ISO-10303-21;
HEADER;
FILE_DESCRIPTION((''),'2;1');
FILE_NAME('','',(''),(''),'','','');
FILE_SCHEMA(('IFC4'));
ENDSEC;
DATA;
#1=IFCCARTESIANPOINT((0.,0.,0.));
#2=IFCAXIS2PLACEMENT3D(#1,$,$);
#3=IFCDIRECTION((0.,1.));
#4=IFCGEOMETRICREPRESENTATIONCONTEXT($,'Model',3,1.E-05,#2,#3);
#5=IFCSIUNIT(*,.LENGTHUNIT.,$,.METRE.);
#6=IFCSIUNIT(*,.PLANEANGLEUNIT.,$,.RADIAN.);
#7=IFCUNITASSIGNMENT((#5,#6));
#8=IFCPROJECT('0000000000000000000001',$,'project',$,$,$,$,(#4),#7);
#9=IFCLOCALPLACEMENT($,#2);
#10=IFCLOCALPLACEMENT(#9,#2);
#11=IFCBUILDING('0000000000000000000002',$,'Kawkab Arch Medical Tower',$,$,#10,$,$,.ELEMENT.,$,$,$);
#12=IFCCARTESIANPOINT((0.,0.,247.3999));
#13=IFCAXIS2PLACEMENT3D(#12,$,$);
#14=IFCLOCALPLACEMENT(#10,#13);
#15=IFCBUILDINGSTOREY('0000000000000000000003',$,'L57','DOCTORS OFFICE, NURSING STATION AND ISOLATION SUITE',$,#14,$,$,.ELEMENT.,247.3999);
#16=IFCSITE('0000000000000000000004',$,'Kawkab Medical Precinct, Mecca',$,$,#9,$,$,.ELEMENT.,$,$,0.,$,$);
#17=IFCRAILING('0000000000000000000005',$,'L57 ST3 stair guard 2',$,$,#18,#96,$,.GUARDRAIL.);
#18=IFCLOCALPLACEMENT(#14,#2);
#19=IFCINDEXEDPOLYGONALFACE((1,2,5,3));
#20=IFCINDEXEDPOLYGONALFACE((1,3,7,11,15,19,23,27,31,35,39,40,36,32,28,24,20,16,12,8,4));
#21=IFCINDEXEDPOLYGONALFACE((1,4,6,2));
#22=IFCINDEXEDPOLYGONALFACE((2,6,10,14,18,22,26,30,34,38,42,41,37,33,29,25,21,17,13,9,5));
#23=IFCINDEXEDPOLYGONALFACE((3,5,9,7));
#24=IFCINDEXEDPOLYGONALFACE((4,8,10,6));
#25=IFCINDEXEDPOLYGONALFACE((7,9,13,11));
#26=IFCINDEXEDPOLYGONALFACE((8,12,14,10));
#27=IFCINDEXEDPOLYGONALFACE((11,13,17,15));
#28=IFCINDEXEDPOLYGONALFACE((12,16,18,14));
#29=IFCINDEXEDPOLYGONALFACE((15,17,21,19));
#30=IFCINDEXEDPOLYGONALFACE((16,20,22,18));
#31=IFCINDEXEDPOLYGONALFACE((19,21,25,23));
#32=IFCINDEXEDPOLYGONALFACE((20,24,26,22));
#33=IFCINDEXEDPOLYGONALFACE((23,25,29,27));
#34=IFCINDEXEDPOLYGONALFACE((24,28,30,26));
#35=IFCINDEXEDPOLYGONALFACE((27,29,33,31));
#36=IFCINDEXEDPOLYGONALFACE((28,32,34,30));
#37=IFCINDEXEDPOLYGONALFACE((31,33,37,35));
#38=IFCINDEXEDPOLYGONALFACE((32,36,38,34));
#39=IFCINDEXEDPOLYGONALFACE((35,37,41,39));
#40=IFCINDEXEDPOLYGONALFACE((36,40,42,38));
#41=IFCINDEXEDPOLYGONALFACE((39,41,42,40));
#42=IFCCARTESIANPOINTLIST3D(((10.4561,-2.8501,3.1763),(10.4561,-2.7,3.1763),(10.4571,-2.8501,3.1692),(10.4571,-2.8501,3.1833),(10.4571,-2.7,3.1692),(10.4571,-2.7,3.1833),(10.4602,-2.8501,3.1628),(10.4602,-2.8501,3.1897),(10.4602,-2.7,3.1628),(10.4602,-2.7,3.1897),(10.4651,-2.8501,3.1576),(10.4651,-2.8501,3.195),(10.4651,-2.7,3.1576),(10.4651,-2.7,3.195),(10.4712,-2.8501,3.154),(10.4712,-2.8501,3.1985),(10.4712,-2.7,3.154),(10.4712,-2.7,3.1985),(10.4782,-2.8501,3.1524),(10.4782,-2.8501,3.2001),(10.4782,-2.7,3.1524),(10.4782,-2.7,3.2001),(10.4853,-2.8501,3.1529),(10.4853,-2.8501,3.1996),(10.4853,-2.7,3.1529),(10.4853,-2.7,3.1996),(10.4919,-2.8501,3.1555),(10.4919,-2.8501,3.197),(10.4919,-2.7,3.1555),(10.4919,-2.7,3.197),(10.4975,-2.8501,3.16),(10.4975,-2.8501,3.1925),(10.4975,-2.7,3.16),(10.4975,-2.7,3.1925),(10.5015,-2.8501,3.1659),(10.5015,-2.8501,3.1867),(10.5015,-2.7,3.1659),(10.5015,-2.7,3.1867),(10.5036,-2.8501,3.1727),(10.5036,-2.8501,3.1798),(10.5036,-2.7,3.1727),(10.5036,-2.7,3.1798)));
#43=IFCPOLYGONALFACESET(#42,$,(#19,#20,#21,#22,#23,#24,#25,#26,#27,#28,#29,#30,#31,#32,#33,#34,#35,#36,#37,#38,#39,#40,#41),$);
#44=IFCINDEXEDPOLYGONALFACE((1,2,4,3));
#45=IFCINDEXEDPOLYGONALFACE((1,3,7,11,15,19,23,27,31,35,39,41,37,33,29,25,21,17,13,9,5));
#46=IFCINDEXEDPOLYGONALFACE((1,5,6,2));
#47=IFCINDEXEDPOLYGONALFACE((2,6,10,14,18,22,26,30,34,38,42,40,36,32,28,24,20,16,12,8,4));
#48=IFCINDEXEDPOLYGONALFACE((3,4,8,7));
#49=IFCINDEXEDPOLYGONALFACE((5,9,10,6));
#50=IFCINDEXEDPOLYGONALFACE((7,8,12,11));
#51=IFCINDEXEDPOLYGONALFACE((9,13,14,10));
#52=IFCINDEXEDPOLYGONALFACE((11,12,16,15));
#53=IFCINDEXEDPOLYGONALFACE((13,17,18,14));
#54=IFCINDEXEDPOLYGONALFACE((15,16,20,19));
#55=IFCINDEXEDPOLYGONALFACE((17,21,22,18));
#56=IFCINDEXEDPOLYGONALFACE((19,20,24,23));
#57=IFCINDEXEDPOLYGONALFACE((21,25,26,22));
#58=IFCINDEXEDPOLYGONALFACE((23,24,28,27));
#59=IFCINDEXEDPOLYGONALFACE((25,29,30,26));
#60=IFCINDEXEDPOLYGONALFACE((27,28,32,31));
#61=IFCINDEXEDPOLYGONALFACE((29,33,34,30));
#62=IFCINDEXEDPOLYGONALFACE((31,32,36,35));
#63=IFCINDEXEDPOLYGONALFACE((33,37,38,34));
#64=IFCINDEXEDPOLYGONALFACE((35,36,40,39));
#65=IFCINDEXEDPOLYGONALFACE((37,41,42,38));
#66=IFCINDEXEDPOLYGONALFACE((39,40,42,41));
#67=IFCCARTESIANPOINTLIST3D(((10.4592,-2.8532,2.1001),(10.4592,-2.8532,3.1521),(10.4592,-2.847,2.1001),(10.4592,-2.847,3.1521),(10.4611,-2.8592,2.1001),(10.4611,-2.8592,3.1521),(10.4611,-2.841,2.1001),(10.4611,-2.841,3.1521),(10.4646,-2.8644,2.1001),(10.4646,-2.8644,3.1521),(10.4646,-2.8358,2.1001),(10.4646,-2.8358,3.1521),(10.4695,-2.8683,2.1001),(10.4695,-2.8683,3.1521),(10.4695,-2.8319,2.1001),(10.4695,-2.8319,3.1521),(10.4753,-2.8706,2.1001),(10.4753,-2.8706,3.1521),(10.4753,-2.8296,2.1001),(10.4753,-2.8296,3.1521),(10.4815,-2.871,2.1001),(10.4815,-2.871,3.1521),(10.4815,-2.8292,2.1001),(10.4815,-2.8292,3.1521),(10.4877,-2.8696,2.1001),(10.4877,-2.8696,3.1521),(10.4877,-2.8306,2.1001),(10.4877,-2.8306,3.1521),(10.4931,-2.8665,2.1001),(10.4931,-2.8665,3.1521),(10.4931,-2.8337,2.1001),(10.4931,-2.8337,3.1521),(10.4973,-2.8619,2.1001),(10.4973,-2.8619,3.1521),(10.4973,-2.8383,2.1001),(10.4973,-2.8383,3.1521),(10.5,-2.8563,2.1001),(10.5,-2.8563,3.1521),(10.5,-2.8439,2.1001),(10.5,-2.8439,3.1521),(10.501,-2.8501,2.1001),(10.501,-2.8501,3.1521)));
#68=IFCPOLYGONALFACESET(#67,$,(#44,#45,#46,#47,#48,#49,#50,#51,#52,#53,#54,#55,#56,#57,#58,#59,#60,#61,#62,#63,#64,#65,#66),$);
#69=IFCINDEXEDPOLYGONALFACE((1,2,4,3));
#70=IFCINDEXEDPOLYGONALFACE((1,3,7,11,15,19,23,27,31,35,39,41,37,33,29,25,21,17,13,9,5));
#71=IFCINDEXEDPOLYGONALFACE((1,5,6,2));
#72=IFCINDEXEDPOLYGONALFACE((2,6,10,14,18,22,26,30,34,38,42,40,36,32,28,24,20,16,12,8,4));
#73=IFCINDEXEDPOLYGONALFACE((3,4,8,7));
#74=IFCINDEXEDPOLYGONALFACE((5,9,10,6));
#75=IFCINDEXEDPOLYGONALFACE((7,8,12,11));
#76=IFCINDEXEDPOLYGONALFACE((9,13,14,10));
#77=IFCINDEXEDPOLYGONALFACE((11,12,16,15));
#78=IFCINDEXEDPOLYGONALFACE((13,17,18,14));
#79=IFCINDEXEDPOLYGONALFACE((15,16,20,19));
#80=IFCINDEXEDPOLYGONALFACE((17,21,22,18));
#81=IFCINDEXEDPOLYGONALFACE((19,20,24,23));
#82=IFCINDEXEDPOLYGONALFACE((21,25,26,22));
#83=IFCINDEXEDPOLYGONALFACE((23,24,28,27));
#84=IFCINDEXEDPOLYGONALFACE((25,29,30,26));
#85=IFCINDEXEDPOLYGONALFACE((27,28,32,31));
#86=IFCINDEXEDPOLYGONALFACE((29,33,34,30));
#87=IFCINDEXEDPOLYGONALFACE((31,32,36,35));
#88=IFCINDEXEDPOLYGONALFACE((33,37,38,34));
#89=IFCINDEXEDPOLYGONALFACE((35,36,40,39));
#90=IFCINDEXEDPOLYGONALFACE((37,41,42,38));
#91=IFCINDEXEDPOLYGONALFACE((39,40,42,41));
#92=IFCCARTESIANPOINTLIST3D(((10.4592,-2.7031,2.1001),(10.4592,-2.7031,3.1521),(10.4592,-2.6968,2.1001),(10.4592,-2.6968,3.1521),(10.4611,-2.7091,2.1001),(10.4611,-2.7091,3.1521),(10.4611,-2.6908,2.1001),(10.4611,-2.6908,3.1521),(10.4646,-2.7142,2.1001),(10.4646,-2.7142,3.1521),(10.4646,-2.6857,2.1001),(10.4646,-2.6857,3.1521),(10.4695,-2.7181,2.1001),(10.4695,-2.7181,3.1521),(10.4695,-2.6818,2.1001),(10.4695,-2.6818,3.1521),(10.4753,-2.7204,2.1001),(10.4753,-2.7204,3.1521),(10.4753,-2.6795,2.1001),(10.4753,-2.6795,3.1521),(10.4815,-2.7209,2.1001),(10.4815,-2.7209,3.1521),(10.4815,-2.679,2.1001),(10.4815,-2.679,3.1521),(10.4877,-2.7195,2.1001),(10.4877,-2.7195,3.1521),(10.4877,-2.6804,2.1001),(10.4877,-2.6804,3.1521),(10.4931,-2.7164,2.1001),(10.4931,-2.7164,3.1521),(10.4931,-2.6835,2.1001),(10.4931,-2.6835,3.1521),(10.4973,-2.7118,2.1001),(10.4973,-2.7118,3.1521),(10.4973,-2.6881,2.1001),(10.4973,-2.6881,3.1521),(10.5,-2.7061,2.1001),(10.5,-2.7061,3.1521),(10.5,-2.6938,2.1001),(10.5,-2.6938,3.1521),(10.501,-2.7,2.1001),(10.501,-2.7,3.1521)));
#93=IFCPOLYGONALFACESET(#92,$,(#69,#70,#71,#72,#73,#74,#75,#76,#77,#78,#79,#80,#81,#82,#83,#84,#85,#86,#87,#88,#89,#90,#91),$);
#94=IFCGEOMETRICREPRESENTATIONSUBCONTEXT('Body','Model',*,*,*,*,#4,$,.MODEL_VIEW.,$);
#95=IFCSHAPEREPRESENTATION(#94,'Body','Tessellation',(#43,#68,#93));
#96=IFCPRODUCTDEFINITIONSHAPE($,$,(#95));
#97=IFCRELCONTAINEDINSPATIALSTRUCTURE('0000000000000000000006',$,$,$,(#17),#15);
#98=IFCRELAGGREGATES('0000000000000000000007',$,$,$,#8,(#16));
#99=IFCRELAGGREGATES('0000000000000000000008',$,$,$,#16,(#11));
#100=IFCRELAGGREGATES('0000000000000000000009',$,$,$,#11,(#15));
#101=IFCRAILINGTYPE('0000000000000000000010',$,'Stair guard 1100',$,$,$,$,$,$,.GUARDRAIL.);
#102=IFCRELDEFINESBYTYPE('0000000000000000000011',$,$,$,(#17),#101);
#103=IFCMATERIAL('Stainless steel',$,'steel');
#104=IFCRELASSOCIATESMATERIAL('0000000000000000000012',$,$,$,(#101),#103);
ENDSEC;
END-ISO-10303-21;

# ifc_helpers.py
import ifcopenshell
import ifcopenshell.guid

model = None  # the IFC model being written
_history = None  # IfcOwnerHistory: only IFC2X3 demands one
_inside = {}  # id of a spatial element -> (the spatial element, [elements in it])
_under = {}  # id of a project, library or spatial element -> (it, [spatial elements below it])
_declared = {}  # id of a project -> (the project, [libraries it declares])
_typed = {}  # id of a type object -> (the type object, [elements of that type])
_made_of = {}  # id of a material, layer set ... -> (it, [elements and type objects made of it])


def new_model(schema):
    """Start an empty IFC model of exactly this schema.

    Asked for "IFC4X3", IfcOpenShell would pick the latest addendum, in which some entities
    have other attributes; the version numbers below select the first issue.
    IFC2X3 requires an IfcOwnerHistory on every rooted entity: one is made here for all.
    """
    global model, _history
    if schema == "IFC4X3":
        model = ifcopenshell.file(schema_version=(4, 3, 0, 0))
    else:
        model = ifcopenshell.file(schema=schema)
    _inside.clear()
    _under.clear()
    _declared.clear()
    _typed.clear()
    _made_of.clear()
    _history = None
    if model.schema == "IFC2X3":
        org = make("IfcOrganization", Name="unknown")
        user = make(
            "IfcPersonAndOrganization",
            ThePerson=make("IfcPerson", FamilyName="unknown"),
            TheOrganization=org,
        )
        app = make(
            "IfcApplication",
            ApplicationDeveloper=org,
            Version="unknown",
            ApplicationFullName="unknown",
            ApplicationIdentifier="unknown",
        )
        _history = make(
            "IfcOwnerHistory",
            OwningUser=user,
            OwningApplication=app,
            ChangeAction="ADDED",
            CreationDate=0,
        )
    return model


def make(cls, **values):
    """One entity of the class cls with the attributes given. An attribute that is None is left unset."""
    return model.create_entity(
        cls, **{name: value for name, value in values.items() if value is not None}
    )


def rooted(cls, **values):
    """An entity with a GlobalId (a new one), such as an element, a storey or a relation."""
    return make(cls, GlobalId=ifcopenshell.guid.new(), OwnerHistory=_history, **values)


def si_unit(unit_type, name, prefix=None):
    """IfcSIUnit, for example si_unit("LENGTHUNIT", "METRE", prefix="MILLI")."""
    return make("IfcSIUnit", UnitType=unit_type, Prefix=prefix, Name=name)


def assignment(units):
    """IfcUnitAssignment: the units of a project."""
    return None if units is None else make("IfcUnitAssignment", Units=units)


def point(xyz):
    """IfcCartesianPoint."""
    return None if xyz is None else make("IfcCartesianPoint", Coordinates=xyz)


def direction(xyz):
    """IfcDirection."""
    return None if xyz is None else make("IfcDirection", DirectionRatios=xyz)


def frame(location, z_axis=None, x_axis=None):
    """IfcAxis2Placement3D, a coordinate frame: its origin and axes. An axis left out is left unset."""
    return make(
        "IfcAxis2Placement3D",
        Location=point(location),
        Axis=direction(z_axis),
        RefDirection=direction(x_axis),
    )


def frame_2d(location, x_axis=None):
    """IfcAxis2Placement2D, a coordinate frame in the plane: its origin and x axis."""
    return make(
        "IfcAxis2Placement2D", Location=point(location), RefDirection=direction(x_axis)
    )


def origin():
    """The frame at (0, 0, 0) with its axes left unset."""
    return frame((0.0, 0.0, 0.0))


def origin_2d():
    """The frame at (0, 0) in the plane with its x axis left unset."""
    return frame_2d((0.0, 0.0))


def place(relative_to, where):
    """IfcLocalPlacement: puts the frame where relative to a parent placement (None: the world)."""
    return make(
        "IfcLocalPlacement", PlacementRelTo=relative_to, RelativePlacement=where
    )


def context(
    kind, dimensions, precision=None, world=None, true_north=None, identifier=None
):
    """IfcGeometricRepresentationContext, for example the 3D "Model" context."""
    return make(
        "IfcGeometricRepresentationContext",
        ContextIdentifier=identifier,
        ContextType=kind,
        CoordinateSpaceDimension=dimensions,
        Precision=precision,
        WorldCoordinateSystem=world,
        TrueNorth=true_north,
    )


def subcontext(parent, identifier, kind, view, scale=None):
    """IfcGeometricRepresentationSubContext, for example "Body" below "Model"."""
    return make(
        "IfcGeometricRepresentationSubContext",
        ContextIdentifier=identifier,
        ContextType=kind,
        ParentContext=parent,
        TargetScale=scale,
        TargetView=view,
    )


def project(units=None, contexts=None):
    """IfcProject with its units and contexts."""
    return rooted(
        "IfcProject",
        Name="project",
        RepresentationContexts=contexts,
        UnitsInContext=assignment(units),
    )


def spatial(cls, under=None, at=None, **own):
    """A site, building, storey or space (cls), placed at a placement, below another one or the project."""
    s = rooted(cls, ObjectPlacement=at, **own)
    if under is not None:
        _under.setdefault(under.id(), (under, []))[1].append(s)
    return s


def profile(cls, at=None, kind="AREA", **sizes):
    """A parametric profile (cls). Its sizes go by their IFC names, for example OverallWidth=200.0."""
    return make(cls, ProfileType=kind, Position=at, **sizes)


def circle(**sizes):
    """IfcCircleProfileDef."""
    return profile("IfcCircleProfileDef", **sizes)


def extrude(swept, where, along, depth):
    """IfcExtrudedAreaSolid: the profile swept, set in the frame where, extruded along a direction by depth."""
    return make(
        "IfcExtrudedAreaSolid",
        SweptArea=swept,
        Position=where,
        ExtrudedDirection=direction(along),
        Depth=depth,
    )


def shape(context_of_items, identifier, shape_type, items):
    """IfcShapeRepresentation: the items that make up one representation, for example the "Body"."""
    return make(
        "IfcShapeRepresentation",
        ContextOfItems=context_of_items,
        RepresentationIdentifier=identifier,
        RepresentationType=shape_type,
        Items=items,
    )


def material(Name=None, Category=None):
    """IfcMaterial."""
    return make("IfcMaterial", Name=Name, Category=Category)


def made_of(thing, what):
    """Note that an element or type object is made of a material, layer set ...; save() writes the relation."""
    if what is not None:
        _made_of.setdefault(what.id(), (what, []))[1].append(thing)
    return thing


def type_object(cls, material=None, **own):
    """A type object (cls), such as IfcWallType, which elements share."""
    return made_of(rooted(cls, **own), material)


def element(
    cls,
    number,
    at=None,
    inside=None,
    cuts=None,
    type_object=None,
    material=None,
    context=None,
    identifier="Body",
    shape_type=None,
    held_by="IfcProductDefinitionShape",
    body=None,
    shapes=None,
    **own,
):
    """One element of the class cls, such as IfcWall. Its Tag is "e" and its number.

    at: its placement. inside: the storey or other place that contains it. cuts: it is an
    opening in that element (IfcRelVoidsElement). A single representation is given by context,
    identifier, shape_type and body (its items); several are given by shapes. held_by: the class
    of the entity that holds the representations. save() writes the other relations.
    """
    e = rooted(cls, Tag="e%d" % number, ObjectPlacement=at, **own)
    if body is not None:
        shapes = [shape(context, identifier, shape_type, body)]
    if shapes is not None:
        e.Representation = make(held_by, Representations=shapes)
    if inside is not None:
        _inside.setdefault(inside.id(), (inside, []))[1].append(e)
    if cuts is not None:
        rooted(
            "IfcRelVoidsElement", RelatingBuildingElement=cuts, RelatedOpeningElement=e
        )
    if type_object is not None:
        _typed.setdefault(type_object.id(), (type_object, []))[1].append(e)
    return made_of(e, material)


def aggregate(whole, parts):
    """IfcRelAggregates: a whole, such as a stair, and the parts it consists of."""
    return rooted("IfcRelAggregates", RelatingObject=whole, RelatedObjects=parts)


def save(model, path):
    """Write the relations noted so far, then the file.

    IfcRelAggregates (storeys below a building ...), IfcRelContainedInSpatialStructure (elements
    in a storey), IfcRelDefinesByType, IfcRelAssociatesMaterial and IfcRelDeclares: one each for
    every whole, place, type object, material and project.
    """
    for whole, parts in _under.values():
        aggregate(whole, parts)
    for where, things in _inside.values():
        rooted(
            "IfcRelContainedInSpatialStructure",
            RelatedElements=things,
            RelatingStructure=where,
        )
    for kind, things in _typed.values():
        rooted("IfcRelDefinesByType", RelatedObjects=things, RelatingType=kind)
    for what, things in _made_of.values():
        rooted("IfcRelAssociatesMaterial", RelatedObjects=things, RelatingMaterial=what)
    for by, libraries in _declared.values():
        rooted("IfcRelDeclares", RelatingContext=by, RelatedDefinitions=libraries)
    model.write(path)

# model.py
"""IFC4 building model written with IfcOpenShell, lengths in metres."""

from ifc_helpers import new_model, si_unit, direction, frame, origin, origin_2d, place, context, subcontext, project, spatial, circle, extrude, material, type_object, element, save


model = new_model("IFC4")

# Units and contexts
model_context = context("Model", 3, precision=1e-05, world=origin(), true_north=direction((0.0, 1.0)))
body_context = subcontext(model_context, "Body", "Model", "MODEL_VIEW")
ifc_project = project(units=[si_unit("LENGTHUNIT", "METRE"), si_unit("PLANEANGLEUNIT", "RADIAN")], contexts=[model_context])

# Site, building, storey
site_placement = place(None, origin())
site = spatial("IfcSite", under=ifc_project, at=site_placement, Name="Kawkab Medical Precinct, Mecca", CompositionType="ELEMENT", RefElevation=0.0)
building_placement = place(site_placement, origin())
building = spatial("IfcBuilding", under=site, at=building_placement, Name="Kawkab Arch Medical Tower", CompositionType="ELEMENT")
storey_placement = place(building_placement, frame((0.0, 0.0, 247.3999)))
storey = spatial("IfcBuildingStorey", under=building, at=storey_placement, Name="L57", Description="DOCTORS OFFICE, NURSING STATION AND ISOLATION SUITE", CompositionType="ELEMENT", Elevation=247.3999)

# Railing
ifc_material_1 = material(Name="Stainless steel", Category="steel")
railing_type_1 = type_object("IfcRailingType", Name="Stair guard 1100", PredefinedType="GUARDRAIL", material=ifc_material_1)
railing_1_placement = place(storey_placement, frame((10.48, -2.8501, 2.1001)))
element("IfcRailing", 1, at=railing_1_placement, inside=storey, type_object=railing_type_1, Name="L57 ST3 stair guard 2", PredefinedType="GUARDRAIL", context=body_context, shape_type="SweptSolid", body=[
    extrude(circle(Radius=0.0239, at=origin_2d()), frame((0.0, 0.0, 1.0762), z_axis=(0.0, 1.0, 0.0), x_axis=(-1.0, 0.0, 0.0)), (0.0, 0.0, 1.0), 0.1501),
    extrude(circle(Radius=0.021, at=origin_2d()), origin(), (0.0, 0.0, 1.0), 1.052),
    extrude(circle(Radius=0.021, at=origin_2d()), frame((0.0, 0.1501, 0.0)), (0.0, 0.0, 1.0), 1.052),
])

save(model, "model.ifc")
